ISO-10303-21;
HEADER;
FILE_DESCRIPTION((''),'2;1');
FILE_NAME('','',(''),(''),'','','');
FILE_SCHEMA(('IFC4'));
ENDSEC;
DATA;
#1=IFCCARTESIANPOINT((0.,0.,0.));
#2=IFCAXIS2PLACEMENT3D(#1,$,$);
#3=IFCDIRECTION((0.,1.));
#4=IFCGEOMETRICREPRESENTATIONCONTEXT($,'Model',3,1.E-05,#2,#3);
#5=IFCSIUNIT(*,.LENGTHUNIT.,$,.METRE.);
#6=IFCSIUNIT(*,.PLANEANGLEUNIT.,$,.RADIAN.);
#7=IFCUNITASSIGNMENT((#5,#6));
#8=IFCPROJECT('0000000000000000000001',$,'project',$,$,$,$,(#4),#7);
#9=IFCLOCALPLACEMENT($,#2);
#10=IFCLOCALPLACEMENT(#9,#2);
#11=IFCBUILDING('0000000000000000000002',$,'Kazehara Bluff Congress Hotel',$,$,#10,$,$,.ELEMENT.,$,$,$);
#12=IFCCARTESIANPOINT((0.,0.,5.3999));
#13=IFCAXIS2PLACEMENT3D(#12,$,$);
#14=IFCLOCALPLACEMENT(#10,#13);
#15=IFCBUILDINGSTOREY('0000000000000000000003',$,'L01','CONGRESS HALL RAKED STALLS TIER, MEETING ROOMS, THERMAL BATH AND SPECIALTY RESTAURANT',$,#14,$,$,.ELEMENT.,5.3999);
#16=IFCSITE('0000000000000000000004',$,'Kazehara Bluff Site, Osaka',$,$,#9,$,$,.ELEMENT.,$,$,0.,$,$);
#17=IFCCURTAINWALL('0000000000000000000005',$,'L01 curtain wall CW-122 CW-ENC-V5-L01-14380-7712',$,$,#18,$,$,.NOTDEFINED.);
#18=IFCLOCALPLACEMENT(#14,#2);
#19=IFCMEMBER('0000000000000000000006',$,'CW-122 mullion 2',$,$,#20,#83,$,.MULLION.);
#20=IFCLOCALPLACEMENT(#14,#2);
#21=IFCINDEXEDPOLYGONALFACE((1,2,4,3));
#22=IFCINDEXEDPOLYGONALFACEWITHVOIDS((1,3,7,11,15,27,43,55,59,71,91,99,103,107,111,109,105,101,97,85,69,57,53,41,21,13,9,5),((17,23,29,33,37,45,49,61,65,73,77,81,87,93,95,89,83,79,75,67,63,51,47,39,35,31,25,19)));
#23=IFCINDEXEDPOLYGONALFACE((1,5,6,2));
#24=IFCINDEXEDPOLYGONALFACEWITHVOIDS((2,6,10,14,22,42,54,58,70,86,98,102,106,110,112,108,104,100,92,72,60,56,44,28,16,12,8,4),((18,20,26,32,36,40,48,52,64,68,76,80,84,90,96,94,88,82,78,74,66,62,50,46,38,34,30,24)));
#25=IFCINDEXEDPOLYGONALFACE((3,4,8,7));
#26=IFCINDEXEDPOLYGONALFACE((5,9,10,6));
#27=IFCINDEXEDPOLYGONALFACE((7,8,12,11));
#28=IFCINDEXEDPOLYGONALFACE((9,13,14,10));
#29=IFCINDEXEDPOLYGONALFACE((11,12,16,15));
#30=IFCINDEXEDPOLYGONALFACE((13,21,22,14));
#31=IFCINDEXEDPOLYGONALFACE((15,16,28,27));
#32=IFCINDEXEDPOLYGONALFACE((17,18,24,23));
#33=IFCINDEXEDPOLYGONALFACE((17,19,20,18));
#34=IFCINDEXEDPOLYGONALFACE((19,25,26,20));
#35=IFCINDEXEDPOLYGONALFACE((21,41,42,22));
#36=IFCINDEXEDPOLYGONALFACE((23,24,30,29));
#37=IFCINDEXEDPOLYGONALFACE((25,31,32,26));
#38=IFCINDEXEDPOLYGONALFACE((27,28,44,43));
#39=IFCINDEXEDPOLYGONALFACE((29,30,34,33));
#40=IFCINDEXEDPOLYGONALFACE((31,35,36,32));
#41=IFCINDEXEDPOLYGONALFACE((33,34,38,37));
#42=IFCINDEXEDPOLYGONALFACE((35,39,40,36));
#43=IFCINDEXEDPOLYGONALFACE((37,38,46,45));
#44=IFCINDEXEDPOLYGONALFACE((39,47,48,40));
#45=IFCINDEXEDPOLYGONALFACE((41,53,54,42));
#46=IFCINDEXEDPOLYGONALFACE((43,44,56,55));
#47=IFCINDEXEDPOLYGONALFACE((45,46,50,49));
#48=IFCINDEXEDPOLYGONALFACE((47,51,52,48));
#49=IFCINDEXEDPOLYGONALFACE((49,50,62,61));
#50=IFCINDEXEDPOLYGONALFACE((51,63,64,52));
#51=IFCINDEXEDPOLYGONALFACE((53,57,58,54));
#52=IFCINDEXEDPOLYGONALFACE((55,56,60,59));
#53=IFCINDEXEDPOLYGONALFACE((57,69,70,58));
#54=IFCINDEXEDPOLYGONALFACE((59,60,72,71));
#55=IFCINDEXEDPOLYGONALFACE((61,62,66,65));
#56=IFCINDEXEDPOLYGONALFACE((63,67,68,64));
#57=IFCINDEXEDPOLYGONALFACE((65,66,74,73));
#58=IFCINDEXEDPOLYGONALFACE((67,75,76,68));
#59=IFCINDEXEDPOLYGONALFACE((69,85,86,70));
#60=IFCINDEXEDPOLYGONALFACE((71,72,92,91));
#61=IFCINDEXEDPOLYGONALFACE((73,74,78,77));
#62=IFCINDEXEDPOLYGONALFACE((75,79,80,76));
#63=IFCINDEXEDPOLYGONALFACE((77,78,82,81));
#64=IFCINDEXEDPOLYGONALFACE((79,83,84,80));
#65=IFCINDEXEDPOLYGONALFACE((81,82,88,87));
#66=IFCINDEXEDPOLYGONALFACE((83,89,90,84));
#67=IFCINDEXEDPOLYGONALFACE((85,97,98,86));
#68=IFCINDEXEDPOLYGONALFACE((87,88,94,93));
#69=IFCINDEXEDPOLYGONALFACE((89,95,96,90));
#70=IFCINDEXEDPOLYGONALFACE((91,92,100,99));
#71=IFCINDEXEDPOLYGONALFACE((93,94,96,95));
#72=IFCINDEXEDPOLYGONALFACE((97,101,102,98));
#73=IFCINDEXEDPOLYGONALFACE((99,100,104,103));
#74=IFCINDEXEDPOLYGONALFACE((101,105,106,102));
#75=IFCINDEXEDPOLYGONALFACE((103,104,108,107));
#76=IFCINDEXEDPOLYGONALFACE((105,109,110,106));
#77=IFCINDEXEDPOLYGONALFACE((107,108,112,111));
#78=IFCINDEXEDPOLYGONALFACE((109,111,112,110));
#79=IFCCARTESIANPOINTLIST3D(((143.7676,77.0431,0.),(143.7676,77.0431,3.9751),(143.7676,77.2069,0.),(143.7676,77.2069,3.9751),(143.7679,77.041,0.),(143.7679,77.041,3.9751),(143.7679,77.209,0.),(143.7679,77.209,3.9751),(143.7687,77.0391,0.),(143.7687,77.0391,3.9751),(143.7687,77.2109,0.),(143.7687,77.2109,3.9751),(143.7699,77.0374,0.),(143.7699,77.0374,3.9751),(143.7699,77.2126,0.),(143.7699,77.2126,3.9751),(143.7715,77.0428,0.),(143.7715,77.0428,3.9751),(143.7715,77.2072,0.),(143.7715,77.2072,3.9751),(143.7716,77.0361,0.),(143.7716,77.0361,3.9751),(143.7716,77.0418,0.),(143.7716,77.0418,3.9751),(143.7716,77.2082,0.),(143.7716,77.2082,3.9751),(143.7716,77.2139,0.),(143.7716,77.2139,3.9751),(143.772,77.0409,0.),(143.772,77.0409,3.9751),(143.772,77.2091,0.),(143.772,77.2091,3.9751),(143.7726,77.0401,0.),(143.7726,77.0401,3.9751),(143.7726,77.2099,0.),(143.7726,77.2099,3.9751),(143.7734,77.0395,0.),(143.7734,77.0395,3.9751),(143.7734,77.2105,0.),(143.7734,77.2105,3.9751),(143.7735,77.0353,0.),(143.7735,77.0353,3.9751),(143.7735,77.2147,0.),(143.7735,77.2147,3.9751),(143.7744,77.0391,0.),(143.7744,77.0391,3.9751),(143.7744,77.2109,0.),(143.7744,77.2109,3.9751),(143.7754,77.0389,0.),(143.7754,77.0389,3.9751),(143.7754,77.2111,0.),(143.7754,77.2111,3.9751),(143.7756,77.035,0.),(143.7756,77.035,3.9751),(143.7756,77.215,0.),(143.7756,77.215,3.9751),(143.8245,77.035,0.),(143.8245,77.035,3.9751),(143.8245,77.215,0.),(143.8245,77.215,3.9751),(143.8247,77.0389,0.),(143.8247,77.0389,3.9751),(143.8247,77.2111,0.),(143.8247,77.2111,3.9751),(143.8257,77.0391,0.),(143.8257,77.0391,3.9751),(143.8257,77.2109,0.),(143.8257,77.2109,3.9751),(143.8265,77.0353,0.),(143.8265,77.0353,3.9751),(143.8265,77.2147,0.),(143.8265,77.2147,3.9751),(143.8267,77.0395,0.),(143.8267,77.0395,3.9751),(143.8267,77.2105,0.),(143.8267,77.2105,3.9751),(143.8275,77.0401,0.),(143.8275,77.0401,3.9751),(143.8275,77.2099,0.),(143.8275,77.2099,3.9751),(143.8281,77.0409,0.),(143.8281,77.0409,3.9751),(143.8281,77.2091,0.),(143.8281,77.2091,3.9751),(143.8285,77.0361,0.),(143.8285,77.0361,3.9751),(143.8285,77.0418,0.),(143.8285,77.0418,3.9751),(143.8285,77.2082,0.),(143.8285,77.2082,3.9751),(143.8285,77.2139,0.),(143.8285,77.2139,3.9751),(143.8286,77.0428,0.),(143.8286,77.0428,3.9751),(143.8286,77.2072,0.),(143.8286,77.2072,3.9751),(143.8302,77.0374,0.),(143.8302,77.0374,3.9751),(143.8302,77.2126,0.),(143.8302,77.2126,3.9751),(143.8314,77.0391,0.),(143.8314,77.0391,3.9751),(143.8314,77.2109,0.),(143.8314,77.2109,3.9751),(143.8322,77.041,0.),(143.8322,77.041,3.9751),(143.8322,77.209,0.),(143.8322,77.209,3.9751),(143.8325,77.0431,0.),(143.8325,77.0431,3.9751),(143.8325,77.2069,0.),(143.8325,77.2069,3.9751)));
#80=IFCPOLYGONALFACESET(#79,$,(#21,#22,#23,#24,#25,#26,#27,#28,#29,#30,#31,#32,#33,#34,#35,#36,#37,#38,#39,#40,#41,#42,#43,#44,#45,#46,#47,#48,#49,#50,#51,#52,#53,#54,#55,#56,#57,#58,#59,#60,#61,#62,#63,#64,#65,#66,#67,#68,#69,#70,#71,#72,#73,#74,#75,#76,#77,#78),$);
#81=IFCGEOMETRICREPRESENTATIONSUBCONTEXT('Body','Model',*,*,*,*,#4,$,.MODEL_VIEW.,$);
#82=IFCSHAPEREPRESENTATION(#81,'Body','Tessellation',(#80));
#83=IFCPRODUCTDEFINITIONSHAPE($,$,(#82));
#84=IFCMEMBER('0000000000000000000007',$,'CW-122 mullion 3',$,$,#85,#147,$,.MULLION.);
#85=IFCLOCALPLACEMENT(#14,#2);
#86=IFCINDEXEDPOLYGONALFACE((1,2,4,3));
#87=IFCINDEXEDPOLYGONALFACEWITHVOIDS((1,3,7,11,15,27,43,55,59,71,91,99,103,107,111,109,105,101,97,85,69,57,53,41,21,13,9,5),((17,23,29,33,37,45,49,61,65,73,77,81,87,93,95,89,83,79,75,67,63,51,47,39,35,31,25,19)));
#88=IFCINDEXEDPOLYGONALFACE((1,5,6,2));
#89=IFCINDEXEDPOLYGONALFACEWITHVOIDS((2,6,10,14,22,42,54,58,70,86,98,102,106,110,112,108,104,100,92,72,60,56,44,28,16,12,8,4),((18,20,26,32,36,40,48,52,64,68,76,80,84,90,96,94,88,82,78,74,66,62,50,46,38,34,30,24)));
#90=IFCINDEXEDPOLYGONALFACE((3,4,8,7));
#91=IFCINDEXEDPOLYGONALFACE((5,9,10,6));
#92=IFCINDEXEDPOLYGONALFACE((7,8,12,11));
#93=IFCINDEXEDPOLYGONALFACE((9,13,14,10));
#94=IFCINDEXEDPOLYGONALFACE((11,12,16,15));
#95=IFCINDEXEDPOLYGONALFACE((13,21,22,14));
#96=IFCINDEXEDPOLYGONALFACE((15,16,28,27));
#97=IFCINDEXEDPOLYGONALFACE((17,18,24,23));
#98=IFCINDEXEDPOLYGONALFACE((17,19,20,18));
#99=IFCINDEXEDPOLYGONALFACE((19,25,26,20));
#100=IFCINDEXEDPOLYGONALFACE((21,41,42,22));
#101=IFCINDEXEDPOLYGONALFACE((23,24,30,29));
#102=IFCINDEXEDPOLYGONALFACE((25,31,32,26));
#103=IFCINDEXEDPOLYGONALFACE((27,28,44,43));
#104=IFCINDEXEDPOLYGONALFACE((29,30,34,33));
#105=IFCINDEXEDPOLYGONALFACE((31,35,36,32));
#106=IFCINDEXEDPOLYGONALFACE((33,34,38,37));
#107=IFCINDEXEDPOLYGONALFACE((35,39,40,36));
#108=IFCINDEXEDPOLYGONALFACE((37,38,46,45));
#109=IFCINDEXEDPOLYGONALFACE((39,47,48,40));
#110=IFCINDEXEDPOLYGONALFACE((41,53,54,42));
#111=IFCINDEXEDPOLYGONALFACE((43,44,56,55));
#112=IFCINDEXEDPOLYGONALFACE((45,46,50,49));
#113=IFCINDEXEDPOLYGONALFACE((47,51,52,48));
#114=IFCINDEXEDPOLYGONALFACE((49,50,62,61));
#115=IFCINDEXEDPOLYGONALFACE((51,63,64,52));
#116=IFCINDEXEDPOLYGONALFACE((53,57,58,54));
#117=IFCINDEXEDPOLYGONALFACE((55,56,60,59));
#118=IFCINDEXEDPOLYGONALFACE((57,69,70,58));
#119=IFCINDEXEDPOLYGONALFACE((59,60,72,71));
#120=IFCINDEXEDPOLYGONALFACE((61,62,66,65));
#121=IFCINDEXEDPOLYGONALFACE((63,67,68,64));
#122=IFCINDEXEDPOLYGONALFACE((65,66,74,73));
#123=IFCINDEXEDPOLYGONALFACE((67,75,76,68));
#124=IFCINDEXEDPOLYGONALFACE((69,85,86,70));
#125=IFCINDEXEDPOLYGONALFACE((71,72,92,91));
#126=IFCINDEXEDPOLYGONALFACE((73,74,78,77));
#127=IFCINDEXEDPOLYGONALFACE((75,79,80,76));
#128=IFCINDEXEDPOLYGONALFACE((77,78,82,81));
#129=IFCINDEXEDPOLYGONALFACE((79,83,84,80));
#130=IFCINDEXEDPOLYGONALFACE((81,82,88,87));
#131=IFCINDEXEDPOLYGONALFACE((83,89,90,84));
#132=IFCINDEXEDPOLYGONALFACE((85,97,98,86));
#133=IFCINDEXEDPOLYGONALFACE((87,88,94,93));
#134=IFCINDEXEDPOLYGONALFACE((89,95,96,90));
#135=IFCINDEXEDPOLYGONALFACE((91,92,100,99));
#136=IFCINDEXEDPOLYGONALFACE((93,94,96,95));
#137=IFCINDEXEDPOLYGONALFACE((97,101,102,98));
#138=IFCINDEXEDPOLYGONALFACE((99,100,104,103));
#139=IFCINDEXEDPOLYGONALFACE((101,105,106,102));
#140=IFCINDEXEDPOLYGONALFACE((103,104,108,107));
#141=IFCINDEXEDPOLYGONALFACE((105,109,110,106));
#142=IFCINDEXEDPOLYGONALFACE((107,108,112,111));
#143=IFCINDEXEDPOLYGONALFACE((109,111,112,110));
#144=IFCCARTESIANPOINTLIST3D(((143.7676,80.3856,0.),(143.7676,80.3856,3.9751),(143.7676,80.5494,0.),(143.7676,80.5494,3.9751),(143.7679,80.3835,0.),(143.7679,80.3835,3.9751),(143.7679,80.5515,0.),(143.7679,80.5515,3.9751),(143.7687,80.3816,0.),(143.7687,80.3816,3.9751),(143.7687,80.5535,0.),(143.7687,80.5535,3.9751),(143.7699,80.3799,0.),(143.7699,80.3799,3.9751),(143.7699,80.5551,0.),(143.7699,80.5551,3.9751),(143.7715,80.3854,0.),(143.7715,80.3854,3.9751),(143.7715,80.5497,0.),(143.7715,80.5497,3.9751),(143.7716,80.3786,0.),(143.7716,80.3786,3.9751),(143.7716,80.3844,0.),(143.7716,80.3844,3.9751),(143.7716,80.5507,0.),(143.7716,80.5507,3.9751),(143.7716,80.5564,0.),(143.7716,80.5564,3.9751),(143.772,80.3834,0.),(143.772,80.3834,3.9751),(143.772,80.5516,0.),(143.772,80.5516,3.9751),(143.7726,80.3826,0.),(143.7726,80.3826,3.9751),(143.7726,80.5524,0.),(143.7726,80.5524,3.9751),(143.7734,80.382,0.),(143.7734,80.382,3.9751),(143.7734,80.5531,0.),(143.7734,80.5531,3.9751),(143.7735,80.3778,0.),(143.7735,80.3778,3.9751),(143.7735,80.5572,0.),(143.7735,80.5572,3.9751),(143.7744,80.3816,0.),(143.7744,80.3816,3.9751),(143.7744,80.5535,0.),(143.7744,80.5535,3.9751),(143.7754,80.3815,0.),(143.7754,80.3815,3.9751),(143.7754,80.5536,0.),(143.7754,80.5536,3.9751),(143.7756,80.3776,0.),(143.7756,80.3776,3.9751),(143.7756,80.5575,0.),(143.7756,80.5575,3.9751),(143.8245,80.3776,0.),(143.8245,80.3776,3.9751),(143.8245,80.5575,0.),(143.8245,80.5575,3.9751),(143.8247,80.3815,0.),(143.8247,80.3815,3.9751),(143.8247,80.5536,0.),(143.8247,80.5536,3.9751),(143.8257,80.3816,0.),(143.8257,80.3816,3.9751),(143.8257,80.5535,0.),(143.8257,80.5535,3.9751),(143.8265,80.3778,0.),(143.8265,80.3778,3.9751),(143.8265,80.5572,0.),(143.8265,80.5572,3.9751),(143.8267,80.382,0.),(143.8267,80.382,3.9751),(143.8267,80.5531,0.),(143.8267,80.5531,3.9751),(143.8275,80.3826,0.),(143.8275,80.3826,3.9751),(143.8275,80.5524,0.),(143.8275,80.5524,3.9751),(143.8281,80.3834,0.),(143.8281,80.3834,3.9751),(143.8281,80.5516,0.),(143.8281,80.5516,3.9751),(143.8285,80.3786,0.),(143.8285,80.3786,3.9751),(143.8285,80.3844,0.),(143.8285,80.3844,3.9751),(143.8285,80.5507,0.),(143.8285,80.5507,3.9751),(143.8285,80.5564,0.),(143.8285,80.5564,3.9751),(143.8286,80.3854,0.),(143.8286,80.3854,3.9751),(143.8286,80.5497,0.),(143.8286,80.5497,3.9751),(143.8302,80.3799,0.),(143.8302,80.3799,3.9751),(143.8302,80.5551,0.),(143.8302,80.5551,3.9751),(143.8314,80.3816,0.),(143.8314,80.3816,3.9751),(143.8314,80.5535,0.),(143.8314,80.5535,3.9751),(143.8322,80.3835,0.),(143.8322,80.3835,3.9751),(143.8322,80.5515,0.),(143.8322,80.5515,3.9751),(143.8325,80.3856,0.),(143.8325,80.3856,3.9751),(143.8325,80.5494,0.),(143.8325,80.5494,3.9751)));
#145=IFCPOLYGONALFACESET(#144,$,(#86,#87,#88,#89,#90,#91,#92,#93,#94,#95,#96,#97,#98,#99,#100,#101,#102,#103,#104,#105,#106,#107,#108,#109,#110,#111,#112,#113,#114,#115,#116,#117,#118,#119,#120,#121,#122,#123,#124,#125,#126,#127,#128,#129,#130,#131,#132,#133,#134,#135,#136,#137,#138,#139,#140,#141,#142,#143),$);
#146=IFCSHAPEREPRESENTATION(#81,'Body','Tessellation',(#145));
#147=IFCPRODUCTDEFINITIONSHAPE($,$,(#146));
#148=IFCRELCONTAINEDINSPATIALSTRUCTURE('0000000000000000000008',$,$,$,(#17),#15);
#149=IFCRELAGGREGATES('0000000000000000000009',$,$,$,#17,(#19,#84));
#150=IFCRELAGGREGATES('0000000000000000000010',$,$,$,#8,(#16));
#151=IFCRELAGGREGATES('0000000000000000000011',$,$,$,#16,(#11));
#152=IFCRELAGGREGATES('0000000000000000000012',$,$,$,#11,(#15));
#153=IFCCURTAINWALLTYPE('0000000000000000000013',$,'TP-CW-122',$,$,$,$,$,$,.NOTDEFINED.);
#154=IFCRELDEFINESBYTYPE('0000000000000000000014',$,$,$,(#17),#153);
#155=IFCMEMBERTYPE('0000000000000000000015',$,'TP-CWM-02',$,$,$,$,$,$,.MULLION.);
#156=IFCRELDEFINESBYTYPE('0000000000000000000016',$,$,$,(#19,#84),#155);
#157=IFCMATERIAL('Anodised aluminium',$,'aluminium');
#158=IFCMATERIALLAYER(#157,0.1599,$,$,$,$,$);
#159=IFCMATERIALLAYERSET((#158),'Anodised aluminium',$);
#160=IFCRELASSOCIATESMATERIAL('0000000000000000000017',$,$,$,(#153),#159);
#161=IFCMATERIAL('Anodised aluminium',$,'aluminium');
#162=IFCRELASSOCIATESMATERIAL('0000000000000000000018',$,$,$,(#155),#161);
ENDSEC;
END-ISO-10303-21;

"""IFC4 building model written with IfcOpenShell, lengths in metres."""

from ifc_helpers import new_model, si_unit, direction, frame, origin, origin_2d, place, context, subcontext, project, spatial, hollow_rectangle, extrude, material, layer, layer_set, material_profile, profile_set, type_object, element, aggregate, save


model = new_model("IFC4")

# Units and contexts
model_context = context("Model", 3, precision=1e-05, world=origin(), true_north=direction((0.0, 1.0)))
body_context = subcontext(model_context, "Body", "Model", "MODEL_VIEW")
ifc_project = project(units=[si_unit("LENGTHUNIT", "METRE"), si_unit("PLANEANGLEUNIT", "RADIAN")], contexts=[model_context])

# Site, building, storey
site_placement = place(None, origin())
site = spatial("IfcSite", under=ifc_project, at=site_placement, Name="Kazehara Bluff Site, Osaka", CompositionType="ELEMENT", RefElevation=0.0)
building_placement = place(site_placement, origin())
building = spatial("IfcBuilding", under=site, at=building_placement, Name="Kazehara Bluff Congress Hotel", CompositionType="ELEMENT")
storey_placement = place(building_placement, frame((0.0, 0.0, 5.3999)))
storey = spatial("IfcBuildingStorey", under=building, at=storey_placement, Name="L01", Description="CONGRESS HALL RAKED STALLS TIER, MEETING ROOMS, THERMAL BATH AND SPECIALTY RESTAURANT", CompositionType="ELEMENT", Elevation=5.3999)

# Curtain wall, members
ifc_material_1 = material(Name="Anodised aluminium", Category="aluminium")
ifc_layer_1 = layer(ifc_material_1, 0.1599)
ifc_layer_set_1 = layer_set([ifc_layer_1], Name="Anodised aluminium")
curtain_wall_type_1 = type_object("IfcCurtainWallType", Name="TP-CW-122", PredefinedType="NOTDEFINED", material=ifc_layer_set_1)
curtain_wall_1_placement = place(storey_placement, origin())
curtain_wall_1 = element("IfcCurtainWall", 1, at=curtain_wall_1_placement, inside=storey, type_object=curtain_wall_type_1, Name="L01 curtain wall CW-122 CW-ENC-V5-L01-14380-7712", PredefinedType="NOTDEFINED")
ifc_material_2 = material(Name="Anodised aluminium", Category="aluminium")
ifc_material_profile_1 = material_profile(ifc_material_2, hollow_rectangle(XDim=0.0649, YDim=0.1799, WallThickness=0.0039, InnerFilletRadius=0.0039, OuterFilletRadius=0.0081, at=origin_2d()))
ifc_profile_set_1 = profile_set([ifc_material_profile_1], Name="Anodised aluminium")
member_type_1 = type_object("IfcMemberType", Name="TP-CWM-02", PredefinedType="MULLION", material=ifc_profile_set_1)
member_1_placement = place(storey_placement, frame((143.8, 77.125, 0.0), z_axis=(0.0, 0.0, 1.0), x_axis=(-1.0, 0.0, 0.0)))
member_1 = element("IfcMember", 2, at=member_1_placement, type_object=member_type_1, Name="CW-122 mullion 2", PredefinedType="MULLION", context=body_context, shape_type="SweptSolid", body=[
    extrude(hollow_rectangle(XDim=0.0649, YDim=0.1799, WallThickness=0.0039, InnerFilletRadius=0.0039, OuterFilletRadius=0.0081, at=origin_2d()), origin(), (0.0, 0.0, 1.0), 3.9751),
])
member_2_placement = place(storey_placement, frame((143.8, 80.4675, 0.0), z_axis=(0.0, 0.0, 1.0), x_axis=(-1.0, 0.0, 0.0)))
member_2 = element("IfcMember", 3, at=member_2_placement, type_object=member_type_1, Name="CW-122 mullion 3", PredefinedType="MULLION", context=body_context, shape_type="SweptSolid", body=[
    extrude(hollow_rectangle(XDim=0.0649, YDim=0.1799, WallThickness=0.0039, InnerFilletRadius=0.0039, OuterFilletRadius=0.0081, at=origin_2d()), origin(), (0.0, 0.0, 1.0), 3.9751),
])

aggregate(curtain_wall_1, [member_1, member_2])

save(model, "model.ifc")
